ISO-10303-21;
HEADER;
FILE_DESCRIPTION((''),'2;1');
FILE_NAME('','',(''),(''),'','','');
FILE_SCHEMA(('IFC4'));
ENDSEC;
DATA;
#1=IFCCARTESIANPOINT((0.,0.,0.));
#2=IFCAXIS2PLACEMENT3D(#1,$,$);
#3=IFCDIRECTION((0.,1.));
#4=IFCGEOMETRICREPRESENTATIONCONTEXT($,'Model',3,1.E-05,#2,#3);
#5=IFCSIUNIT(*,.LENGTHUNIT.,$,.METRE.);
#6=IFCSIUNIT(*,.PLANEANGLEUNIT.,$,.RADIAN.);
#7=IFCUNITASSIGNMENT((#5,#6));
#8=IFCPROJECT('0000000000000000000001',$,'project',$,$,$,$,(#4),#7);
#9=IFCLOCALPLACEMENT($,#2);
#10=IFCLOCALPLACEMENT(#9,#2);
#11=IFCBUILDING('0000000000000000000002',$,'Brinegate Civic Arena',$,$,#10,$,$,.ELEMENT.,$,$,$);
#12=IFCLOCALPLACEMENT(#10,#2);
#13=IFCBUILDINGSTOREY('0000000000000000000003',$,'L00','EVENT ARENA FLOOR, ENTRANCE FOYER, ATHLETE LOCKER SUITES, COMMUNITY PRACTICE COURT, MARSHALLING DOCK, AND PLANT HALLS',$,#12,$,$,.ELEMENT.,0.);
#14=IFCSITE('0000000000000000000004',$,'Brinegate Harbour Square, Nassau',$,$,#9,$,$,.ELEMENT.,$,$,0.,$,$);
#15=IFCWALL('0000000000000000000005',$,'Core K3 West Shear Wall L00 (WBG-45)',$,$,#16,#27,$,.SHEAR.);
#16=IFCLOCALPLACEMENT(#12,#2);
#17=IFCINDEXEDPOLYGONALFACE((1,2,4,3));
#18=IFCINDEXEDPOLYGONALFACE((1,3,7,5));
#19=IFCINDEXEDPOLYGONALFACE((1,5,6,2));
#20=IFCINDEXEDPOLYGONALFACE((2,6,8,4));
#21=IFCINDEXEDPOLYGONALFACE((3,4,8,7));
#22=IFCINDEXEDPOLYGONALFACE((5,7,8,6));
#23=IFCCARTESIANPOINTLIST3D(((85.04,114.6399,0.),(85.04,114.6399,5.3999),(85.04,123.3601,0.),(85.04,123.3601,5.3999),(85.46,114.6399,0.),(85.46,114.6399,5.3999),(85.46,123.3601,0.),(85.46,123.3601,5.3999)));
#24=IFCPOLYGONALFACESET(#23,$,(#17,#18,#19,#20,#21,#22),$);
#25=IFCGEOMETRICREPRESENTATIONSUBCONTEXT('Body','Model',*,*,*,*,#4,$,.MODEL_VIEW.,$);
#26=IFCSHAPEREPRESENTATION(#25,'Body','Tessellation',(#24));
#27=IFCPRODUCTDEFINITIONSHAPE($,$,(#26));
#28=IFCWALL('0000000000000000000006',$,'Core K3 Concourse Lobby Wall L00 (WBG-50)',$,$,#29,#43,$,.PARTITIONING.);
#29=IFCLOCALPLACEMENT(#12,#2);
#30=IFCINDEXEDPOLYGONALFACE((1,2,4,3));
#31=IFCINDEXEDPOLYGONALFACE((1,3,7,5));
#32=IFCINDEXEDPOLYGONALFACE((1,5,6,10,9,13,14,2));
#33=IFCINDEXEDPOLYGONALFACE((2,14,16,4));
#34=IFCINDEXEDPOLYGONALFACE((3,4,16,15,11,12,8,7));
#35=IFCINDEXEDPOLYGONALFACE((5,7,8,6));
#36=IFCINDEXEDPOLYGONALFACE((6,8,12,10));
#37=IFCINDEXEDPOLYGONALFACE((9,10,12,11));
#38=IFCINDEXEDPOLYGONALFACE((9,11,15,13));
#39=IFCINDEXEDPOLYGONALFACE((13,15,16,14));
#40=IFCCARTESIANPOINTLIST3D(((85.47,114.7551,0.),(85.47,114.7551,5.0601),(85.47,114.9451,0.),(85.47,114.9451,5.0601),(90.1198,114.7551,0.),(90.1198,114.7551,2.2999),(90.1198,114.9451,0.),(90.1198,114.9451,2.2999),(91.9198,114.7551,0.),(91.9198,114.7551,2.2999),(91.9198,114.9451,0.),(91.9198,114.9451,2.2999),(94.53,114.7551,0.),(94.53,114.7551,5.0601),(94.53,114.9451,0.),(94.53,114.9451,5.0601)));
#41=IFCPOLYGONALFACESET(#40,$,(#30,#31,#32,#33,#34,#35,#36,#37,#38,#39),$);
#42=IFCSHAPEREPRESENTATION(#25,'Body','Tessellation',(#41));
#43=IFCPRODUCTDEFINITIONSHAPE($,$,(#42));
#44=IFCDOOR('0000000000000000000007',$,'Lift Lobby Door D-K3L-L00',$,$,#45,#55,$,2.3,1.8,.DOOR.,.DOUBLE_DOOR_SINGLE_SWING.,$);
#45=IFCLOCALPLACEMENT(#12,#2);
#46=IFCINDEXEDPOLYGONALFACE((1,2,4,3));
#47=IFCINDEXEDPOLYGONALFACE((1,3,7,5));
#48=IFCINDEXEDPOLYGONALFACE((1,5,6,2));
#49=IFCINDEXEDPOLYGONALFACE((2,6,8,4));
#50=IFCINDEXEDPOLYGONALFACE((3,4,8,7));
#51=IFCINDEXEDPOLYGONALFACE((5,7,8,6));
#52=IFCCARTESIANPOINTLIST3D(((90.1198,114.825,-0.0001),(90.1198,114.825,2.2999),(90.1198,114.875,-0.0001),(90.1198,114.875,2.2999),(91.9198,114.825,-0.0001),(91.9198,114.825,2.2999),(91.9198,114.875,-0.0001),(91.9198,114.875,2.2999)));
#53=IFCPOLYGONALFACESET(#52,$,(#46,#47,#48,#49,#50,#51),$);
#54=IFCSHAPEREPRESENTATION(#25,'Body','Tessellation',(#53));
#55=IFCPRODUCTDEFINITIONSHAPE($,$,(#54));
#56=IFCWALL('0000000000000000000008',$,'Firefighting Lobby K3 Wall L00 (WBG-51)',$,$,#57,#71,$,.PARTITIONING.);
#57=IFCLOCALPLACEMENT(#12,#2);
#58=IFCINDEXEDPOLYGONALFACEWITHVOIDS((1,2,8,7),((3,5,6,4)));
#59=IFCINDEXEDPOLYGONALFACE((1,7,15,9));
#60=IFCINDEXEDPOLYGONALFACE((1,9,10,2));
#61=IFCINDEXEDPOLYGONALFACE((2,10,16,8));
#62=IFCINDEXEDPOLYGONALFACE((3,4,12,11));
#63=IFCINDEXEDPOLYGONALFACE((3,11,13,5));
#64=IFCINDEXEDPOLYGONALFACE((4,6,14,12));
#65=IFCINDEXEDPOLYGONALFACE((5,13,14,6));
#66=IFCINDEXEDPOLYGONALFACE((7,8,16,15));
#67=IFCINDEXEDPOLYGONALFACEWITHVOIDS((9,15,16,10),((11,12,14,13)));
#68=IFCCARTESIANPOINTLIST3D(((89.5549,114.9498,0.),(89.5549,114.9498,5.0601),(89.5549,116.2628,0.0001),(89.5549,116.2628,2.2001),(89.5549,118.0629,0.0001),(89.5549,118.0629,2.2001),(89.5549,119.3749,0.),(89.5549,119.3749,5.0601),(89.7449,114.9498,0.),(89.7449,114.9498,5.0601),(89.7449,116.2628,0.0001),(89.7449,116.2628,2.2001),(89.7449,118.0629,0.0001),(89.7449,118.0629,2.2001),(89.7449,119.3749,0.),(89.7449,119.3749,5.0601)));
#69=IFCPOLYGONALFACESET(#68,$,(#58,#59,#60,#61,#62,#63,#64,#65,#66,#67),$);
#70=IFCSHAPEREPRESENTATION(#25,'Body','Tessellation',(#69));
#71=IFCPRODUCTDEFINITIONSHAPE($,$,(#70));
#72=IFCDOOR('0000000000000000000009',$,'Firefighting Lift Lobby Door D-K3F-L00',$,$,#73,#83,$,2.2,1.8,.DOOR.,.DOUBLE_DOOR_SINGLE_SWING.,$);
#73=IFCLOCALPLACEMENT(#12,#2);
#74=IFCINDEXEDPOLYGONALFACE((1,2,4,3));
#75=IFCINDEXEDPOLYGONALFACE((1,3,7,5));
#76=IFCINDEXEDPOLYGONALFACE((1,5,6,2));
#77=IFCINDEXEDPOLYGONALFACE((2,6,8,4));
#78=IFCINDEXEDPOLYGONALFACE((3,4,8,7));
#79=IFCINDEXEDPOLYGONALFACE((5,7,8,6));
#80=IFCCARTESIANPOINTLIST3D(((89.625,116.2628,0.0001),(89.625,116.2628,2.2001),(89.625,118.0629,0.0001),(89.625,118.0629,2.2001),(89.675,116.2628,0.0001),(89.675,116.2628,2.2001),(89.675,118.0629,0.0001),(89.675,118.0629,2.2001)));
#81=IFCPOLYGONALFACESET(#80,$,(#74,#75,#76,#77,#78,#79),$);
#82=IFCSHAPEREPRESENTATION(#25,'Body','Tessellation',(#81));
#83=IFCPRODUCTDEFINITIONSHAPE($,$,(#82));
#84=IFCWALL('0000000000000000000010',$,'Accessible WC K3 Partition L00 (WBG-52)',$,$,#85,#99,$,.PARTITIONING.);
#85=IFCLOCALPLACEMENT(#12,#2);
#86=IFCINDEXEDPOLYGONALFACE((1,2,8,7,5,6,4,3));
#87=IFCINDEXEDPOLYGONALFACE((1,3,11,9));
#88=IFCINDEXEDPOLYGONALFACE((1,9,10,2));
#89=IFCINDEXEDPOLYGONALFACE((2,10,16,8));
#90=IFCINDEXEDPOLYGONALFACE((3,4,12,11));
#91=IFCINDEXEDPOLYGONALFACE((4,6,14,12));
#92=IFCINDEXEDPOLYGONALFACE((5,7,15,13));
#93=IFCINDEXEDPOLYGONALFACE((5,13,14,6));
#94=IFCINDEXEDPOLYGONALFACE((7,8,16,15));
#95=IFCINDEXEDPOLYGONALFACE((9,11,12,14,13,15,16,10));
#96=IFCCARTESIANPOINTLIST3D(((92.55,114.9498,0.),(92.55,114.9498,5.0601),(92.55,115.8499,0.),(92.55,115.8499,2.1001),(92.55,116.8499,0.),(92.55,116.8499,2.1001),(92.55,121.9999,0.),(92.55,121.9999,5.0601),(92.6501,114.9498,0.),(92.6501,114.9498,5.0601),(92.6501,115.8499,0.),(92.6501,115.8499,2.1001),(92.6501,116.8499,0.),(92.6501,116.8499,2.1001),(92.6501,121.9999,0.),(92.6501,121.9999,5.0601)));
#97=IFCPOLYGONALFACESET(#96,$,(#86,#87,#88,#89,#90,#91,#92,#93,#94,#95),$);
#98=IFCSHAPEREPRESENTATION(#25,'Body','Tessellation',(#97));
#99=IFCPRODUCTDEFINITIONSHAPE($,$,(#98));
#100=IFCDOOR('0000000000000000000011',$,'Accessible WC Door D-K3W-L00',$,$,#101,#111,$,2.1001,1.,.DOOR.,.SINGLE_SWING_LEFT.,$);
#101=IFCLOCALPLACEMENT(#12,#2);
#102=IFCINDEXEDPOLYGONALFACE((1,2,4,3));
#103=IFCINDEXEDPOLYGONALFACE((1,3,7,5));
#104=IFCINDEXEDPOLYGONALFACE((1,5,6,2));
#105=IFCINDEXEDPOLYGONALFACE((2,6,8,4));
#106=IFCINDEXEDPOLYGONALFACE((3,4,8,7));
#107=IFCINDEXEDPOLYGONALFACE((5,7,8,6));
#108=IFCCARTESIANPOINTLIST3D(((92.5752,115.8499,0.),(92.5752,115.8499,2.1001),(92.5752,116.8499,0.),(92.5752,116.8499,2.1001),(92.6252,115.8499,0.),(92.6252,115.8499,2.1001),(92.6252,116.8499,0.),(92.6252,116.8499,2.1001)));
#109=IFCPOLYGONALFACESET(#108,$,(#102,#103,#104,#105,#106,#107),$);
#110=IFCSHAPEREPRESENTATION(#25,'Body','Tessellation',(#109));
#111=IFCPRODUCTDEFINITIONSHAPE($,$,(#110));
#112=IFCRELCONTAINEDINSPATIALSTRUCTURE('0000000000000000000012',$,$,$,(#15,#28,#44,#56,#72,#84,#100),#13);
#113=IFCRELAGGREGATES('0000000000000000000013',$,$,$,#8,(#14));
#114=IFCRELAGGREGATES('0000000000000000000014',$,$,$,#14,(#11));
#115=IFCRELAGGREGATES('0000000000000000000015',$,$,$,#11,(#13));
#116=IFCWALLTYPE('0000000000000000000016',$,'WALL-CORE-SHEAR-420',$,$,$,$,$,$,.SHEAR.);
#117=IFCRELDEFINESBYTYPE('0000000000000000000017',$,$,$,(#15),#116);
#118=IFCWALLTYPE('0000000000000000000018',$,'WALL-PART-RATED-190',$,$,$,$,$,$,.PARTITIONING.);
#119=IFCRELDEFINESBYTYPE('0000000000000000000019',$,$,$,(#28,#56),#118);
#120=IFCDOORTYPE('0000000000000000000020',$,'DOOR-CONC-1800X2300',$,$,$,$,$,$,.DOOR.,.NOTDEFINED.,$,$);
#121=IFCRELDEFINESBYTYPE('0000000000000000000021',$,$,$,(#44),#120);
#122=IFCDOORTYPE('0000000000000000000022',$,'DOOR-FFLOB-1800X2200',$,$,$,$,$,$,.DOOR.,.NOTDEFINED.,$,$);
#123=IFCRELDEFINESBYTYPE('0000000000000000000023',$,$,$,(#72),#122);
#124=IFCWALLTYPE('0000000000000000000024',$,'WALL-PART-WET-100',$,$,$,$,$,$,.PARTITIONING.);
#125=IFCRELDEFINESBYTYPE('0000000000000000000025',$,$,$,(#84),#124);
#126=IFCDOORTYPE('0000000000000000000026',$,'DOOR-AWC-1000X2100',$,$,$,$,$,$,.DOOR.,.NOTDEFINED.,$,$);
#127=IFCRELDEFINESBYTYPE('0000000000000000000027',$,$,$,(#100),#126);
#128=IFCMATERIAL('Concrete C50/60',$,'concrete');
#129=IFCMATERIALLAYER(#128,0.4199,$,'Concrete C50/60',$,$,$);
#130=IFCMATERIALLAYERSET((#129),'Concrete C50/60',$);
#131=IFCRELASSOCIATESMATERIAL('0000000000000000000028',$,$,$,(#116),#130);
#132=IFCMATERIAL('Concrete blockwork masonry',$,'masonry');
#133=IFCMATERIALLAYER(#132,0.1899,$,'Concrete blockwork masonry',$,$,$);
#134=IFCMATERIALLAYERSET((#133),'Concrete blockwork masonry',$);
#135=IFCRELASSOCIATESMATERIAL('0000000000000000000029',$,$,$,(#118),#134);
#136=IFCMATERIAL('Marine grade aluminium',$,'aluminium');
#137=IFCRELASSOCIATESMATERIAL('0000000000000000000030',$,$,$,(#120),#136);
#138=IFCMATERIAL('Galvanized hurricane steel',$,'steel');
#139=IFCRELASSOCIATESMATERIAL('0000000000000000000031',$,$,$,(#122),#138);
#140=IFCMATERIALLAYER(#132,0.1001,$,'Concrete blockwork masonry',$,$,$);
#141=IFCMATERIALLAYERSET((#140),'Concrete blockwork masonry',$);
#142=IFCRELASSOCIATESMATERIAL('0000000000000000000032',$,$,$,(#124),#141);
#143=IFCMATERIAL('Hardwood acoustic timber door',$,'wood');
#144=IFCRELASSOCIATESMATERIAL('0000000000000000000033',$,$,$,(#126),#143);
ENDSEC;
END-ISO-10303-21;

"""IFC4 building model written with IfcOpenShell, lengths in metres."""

from ifc_helpers import new_model, si_unit, direction, frame, frame_2d, origin, place, context, subcontext, project, spatial, rectangle, extrude, material, layer, layer_set, type_object, element, fill, save


model = new_model("IFC4")

# Units and contexts
model_context = context("Model", 3, precision=1e-05, world=origin(), true_north=direction((0.0, 1.0)))
body_context = subcontext(model_context, "Body", "Model", "MODEL_VIEW")
ifc_project = project(units=[si_unit("LENGTHUNIT", "METRE"), si_unit("PLANEANGLEUNIT", "RADIAN")], contexts=[model_context])

# Site, building, storey
site_placement = place(None, origin())
site = spatial("IfcSite", under=ifc_project, at=site_placement, Name="Brinegate Harbour Square, Nassau", CompositionType="ELEMENT", RefElevation=0.0)
building_placement = place(site_placement, origin())
building = spatial("IfcBuilding", under=site, at=building_placement, Name="Brinegate Civic Arena", CompositionType="ELEMENT")
storey_placement = place(building_placement, origin())
storey = spatial("IfcBuildingStorey", under=building, at=storey_placement, Name="L00", Description="EVENT ARENA FLOOR, ENTRANCE FOYER, ATHLETE LOCKER SUITES, COMMUNITY PRACTICE COURT, MARSHALLING DOCK, AND PLANT HALLS", CompositionType="ELEMENT", Elevation=0.0)

# Shared definitions
ifc_material_1 = material(Name="Concrete C50/60", Category="concrete")

# Shared definitions
ifc_material_2 = material(Name="Marine grade aluminium", Category="aluminium")

# Wall
ifc_layer_1 = layer(ifc_material_1, 0.4199, Name="Concrete C50/60")
ifc_layer_set_1 = layer_set([ifc_layer_1], Name="Concrete C50/60")
wall_type_1 = type_object("IfcWallType", Name="WALL-CORE-SHEAR-420", PredefinedType="SHEAR", material=ifc_layer_set_1)
wall_1_placement = place(storey_placement, frame((85.25, 114.6399, 0.0), z_axis=(0.0, 0.0, 1.0), x_axis=(0.0, 1.0, 0.0)))
element("IfcWall", 1, at=wall_1_placement, inside=storey, type_object=wall_type_1, Name="Core K3 West Shear Wall L00 (WBG-45)", PredefinedType="SHEAR", context=body_context, shape_type="SweptSolid", body=[
    extrude(rectangle(XDim=8.7202, YDim=0.4199, at=frame_2d((4.3601, 0.0))), origin(), (0.0, 0.0, 1.0), 5.3999),
])

# Walls, openings, doors
ifc_material_3 = material(Name="Concrete blockwork masonry", Category="masonry")
ifc_layer_2 = layer(ifc_material_3, 0.1899, Name="Concrete blockwork masonry")
ifc_layer_set_2 = layer_set([ifc_layer_2], Name="Concrete blockwork masonry")
wall_type_2 = type_object("IfcWallType", Name="WALL-PART-RATED-190", PredefinedType="PARTITIONING", material=ifc_layer_set_2)
wall_2_placement = place(storey_placement, frame((85.47, 114.8501, 0.0), z_axis=(0.0, 0.0, 1.0), x_axis=(1.0, 0.0, 0.0)))
wall_2 = element("IfcWall", 2, at=wall_2_placement, inside=storey, type_object=wall_type_2, Name="Core K3 Concourse Lobby Wall L00 (WBG-50)", PredefinedType="PARTITIONING", context=body_context, shape_type="SweptSolid", body=[
    extrude(rectangle(XDim=9.0601, YDim=0.1899, at=frame_2d((4.53, 0.0))), origin(), (0.0, 0.0, 1.0), 5.0601),
])
opening_1_placement = place(wall_2_placement, frame((4.6499, 0.0, 0.0)))
opening_1 = element("IfcOpeningElement", 3, at=opening_1_placement, cuts=wall_2, PredefinedType="OPENING", context=body_context, shape_type="SweptSolid", body=[
    extrude(rectangle(XDim=1.8, YDim=2.3, at=frame_2d((0.8999, 1.1499))), frame((0.0, 0.105, 0.0), z_axis=(0.0, -1.0, 0.0), x_axis=(1.0, 0.0, 0.0)), (0.0, 0.0, 1.0), 0.21),
])
door_type_1 = type_object("IfcDoorType", Name="DOOR-CONC-1800X2300", OperationType="NOTDEFINED", PredefinedType="DOOR", material=ifc_material_2)
door_1_placement = place(opening_1_placement, origin())
door_1 = element("IfcDoor", 4, at=door_1_placement, inside=storey, type_object=door_type_1, Name="Lift Lobby Door D-K3L-L00", OperationType="DOUBLE_DOOR_SINGLE_SWING", OverallHeight=2.3, OverallWidth=1.8, PredefinedType="DOOR", context=body_context, shape_type="SweptSolid", body=[
    extrude(rectangle(XDim=1.8, YDim=2.3, at=frame_2d((0.8999, 1.1499))), frame((0.0, 0.0249, 0.0), z_axis=(0.0, -1.0, 0.0), x_axis=(1.0, 0.0, 0.0)), (0.0, 0.0, 1.0), 0.05),
])
fill(opening_1, door_1)
wall_3_placement = place(storey_placement, frame((89.6499, 114.95, 0.0), z_axis=(0.0, 0.0, 1.0), x_axis=(0.0, 1.0, 0.0)))
wall_3 = element("IfcWall", 5, at=wall_3_placement, inside=storey, type_object=wall_type_2, Name="Firefighting Lobby K3 Wall L00 (WBG-51)", PredefinedType="PARTITIONING", context=body_context, shape_type="SweptSolid", body=[
    extrude(rectangle(XDim=4.425, YDim=0.1899, at=frame_2d((2.2124, 0.0))), origin(), (0.0, 0.0, 1.0), 5.0601),
])
opening_2_placement = place(wall_3_placement, frame((1.313, 0.0, 0.0)))
opening_2 = element("IfcOpeningElement", 6, at=opening_2_placement, cuts=wall_3, PredefinedType="OPENING", context=body_context, shape_type="SweptSolid", body=[
    extrude(rectangle(XDim=1.8, YDim=2.2, at=frame_2d((0.8999, 1.1001))), frame((0.0, 0.105, 0.0), z_axis=(0.0, -1.0, 0.0), x_axis=(1.0, 0.0, 0.0)), (0.0, 0.0, 1.0), 0.21),
])
ifc_material_4 = material(Name="Galvanized hurricane steel", Category="steel")
door_type_2 = type_object("IfcDoorType", Name="DOOR-FFLOB-1800X2200", OperationType="NOTDEFINED", PredefinedType="DOOR", material=ifc_material_4)
door_2_placement = place(opening_2_placement, origin())
door_2 = element("IfcDoor", 7, at=door_2_placement, inside=storey, type_object=door_type_2, Name="Firefighting Lift Lobby Door D-K3F-L00", OperationType="DOUBLE_DOOR_SINGLE_SWING", OverallHeight=2.2, OverallWidth=1.8, PredefinedType="DOOR", context=body_context, shape_type="SweptSolid", body=[
    extrude(rectangle(XDim=1.8, YDim=2.2, at=frame_2d((0.8999, 1.1001))), frame((0.0, 0.0249, 0.0), z_axis=(0.0, -1.0, 0.0), x_axis=(1.0, 0.0, 0.0)), (0.0, 0.0, 1.0), 0.05),
])
fill(opening_2, door_2)
ifc_layer_3 = layer(ifc_material_3, 0.1001, Name="Concrete blockwork masonry")
ifc_layer_set_3 = layer_set([ifc_layer_3], Name="Concrete blockwork masonry")
wall_type_3 = type_object("IfcWallType", Name="WALL-PART-WET-100", PredefinedType="PARTITIONING", material=ifc_layer_set_3)
wall_4_placement = place(storey_placement, frame((92.6001, 114.95, 0.0), z_axis=(0.0, 0.0, 1.0), x_axis=(0.0, 1.0, 0.0)))
wall_4 = element("IfcWall", 8, at=wall_4_placement, inside=storey, type_object=wall_type_3, Name="Accessible WC K3 Partition L00 (WBG-52)", PredefinedType="PARTITIONING", context=body_context, shape_type="SweptSolid", body=[
    extrude(rectangle(XDim=7.05, YDim=0.1001, at=frame_2d((3.5249, 0.0))), origin(), (0.0, 0.0, 1.0), 5.0601),
])
opening_3_placement = place(wall_4_placement, frame((0.8999, 0.0, 0.0)))
opening_3 = element("IfcOpeningElement", 9, at=opening_3_placement, cuts=wall_4, PredefinedType="OPENING", context=body_context, shape_type="SweptSolid", body=[
    extrude(rectangle(XDim=1.0, YDim=2.1001, at=frame_2d((0.5, 1.05))), frame((0.0, 0.0601, 0.0), z_axis=(0.0, -1.0, 0.0), x_axis=(1.0, 0.0, 0.0)), (0.0, 0.0, 1.0), 0.1201),
])
ifc_material_5 = material(Name="Hardwood acoustic timber door", Category="wood")
door_type_3 = type_object("IfcDoorType", Name="DOOR-AWC-1000X2100", OperationType="NOTDEFINED", PredefinedType="DOOR", material=ifc_material_5)
door_3_placement = place(opening_3_placement, origin())
door_3 = element("IfcDoor", 10, at=door_3_placement, inside=storey, type_object=door_type_3, Name="Accessible WC Door D-K3W-L00", OperationType="SINGLE_SWING_LEFT", OverallHeight=2.1001, OverallWidth=1.0, PredefinedType="DOOR", context=body_context, shape_type="SweptSolid", body=[
    extrude(rectangle(XDim=1.0, YDim=2.1001, at=frame_2d((0.5, 1.05))), frame((0.0, 0.0249, 0.0), z_axis=(0.0, -1.0, 0.0), x_axis=(1.0, 0.0, 0.0)), (0.0, 0.0, 1.0), 0.05),
])
fill(opening_3, door_3)

save(model, "model.ifc")
